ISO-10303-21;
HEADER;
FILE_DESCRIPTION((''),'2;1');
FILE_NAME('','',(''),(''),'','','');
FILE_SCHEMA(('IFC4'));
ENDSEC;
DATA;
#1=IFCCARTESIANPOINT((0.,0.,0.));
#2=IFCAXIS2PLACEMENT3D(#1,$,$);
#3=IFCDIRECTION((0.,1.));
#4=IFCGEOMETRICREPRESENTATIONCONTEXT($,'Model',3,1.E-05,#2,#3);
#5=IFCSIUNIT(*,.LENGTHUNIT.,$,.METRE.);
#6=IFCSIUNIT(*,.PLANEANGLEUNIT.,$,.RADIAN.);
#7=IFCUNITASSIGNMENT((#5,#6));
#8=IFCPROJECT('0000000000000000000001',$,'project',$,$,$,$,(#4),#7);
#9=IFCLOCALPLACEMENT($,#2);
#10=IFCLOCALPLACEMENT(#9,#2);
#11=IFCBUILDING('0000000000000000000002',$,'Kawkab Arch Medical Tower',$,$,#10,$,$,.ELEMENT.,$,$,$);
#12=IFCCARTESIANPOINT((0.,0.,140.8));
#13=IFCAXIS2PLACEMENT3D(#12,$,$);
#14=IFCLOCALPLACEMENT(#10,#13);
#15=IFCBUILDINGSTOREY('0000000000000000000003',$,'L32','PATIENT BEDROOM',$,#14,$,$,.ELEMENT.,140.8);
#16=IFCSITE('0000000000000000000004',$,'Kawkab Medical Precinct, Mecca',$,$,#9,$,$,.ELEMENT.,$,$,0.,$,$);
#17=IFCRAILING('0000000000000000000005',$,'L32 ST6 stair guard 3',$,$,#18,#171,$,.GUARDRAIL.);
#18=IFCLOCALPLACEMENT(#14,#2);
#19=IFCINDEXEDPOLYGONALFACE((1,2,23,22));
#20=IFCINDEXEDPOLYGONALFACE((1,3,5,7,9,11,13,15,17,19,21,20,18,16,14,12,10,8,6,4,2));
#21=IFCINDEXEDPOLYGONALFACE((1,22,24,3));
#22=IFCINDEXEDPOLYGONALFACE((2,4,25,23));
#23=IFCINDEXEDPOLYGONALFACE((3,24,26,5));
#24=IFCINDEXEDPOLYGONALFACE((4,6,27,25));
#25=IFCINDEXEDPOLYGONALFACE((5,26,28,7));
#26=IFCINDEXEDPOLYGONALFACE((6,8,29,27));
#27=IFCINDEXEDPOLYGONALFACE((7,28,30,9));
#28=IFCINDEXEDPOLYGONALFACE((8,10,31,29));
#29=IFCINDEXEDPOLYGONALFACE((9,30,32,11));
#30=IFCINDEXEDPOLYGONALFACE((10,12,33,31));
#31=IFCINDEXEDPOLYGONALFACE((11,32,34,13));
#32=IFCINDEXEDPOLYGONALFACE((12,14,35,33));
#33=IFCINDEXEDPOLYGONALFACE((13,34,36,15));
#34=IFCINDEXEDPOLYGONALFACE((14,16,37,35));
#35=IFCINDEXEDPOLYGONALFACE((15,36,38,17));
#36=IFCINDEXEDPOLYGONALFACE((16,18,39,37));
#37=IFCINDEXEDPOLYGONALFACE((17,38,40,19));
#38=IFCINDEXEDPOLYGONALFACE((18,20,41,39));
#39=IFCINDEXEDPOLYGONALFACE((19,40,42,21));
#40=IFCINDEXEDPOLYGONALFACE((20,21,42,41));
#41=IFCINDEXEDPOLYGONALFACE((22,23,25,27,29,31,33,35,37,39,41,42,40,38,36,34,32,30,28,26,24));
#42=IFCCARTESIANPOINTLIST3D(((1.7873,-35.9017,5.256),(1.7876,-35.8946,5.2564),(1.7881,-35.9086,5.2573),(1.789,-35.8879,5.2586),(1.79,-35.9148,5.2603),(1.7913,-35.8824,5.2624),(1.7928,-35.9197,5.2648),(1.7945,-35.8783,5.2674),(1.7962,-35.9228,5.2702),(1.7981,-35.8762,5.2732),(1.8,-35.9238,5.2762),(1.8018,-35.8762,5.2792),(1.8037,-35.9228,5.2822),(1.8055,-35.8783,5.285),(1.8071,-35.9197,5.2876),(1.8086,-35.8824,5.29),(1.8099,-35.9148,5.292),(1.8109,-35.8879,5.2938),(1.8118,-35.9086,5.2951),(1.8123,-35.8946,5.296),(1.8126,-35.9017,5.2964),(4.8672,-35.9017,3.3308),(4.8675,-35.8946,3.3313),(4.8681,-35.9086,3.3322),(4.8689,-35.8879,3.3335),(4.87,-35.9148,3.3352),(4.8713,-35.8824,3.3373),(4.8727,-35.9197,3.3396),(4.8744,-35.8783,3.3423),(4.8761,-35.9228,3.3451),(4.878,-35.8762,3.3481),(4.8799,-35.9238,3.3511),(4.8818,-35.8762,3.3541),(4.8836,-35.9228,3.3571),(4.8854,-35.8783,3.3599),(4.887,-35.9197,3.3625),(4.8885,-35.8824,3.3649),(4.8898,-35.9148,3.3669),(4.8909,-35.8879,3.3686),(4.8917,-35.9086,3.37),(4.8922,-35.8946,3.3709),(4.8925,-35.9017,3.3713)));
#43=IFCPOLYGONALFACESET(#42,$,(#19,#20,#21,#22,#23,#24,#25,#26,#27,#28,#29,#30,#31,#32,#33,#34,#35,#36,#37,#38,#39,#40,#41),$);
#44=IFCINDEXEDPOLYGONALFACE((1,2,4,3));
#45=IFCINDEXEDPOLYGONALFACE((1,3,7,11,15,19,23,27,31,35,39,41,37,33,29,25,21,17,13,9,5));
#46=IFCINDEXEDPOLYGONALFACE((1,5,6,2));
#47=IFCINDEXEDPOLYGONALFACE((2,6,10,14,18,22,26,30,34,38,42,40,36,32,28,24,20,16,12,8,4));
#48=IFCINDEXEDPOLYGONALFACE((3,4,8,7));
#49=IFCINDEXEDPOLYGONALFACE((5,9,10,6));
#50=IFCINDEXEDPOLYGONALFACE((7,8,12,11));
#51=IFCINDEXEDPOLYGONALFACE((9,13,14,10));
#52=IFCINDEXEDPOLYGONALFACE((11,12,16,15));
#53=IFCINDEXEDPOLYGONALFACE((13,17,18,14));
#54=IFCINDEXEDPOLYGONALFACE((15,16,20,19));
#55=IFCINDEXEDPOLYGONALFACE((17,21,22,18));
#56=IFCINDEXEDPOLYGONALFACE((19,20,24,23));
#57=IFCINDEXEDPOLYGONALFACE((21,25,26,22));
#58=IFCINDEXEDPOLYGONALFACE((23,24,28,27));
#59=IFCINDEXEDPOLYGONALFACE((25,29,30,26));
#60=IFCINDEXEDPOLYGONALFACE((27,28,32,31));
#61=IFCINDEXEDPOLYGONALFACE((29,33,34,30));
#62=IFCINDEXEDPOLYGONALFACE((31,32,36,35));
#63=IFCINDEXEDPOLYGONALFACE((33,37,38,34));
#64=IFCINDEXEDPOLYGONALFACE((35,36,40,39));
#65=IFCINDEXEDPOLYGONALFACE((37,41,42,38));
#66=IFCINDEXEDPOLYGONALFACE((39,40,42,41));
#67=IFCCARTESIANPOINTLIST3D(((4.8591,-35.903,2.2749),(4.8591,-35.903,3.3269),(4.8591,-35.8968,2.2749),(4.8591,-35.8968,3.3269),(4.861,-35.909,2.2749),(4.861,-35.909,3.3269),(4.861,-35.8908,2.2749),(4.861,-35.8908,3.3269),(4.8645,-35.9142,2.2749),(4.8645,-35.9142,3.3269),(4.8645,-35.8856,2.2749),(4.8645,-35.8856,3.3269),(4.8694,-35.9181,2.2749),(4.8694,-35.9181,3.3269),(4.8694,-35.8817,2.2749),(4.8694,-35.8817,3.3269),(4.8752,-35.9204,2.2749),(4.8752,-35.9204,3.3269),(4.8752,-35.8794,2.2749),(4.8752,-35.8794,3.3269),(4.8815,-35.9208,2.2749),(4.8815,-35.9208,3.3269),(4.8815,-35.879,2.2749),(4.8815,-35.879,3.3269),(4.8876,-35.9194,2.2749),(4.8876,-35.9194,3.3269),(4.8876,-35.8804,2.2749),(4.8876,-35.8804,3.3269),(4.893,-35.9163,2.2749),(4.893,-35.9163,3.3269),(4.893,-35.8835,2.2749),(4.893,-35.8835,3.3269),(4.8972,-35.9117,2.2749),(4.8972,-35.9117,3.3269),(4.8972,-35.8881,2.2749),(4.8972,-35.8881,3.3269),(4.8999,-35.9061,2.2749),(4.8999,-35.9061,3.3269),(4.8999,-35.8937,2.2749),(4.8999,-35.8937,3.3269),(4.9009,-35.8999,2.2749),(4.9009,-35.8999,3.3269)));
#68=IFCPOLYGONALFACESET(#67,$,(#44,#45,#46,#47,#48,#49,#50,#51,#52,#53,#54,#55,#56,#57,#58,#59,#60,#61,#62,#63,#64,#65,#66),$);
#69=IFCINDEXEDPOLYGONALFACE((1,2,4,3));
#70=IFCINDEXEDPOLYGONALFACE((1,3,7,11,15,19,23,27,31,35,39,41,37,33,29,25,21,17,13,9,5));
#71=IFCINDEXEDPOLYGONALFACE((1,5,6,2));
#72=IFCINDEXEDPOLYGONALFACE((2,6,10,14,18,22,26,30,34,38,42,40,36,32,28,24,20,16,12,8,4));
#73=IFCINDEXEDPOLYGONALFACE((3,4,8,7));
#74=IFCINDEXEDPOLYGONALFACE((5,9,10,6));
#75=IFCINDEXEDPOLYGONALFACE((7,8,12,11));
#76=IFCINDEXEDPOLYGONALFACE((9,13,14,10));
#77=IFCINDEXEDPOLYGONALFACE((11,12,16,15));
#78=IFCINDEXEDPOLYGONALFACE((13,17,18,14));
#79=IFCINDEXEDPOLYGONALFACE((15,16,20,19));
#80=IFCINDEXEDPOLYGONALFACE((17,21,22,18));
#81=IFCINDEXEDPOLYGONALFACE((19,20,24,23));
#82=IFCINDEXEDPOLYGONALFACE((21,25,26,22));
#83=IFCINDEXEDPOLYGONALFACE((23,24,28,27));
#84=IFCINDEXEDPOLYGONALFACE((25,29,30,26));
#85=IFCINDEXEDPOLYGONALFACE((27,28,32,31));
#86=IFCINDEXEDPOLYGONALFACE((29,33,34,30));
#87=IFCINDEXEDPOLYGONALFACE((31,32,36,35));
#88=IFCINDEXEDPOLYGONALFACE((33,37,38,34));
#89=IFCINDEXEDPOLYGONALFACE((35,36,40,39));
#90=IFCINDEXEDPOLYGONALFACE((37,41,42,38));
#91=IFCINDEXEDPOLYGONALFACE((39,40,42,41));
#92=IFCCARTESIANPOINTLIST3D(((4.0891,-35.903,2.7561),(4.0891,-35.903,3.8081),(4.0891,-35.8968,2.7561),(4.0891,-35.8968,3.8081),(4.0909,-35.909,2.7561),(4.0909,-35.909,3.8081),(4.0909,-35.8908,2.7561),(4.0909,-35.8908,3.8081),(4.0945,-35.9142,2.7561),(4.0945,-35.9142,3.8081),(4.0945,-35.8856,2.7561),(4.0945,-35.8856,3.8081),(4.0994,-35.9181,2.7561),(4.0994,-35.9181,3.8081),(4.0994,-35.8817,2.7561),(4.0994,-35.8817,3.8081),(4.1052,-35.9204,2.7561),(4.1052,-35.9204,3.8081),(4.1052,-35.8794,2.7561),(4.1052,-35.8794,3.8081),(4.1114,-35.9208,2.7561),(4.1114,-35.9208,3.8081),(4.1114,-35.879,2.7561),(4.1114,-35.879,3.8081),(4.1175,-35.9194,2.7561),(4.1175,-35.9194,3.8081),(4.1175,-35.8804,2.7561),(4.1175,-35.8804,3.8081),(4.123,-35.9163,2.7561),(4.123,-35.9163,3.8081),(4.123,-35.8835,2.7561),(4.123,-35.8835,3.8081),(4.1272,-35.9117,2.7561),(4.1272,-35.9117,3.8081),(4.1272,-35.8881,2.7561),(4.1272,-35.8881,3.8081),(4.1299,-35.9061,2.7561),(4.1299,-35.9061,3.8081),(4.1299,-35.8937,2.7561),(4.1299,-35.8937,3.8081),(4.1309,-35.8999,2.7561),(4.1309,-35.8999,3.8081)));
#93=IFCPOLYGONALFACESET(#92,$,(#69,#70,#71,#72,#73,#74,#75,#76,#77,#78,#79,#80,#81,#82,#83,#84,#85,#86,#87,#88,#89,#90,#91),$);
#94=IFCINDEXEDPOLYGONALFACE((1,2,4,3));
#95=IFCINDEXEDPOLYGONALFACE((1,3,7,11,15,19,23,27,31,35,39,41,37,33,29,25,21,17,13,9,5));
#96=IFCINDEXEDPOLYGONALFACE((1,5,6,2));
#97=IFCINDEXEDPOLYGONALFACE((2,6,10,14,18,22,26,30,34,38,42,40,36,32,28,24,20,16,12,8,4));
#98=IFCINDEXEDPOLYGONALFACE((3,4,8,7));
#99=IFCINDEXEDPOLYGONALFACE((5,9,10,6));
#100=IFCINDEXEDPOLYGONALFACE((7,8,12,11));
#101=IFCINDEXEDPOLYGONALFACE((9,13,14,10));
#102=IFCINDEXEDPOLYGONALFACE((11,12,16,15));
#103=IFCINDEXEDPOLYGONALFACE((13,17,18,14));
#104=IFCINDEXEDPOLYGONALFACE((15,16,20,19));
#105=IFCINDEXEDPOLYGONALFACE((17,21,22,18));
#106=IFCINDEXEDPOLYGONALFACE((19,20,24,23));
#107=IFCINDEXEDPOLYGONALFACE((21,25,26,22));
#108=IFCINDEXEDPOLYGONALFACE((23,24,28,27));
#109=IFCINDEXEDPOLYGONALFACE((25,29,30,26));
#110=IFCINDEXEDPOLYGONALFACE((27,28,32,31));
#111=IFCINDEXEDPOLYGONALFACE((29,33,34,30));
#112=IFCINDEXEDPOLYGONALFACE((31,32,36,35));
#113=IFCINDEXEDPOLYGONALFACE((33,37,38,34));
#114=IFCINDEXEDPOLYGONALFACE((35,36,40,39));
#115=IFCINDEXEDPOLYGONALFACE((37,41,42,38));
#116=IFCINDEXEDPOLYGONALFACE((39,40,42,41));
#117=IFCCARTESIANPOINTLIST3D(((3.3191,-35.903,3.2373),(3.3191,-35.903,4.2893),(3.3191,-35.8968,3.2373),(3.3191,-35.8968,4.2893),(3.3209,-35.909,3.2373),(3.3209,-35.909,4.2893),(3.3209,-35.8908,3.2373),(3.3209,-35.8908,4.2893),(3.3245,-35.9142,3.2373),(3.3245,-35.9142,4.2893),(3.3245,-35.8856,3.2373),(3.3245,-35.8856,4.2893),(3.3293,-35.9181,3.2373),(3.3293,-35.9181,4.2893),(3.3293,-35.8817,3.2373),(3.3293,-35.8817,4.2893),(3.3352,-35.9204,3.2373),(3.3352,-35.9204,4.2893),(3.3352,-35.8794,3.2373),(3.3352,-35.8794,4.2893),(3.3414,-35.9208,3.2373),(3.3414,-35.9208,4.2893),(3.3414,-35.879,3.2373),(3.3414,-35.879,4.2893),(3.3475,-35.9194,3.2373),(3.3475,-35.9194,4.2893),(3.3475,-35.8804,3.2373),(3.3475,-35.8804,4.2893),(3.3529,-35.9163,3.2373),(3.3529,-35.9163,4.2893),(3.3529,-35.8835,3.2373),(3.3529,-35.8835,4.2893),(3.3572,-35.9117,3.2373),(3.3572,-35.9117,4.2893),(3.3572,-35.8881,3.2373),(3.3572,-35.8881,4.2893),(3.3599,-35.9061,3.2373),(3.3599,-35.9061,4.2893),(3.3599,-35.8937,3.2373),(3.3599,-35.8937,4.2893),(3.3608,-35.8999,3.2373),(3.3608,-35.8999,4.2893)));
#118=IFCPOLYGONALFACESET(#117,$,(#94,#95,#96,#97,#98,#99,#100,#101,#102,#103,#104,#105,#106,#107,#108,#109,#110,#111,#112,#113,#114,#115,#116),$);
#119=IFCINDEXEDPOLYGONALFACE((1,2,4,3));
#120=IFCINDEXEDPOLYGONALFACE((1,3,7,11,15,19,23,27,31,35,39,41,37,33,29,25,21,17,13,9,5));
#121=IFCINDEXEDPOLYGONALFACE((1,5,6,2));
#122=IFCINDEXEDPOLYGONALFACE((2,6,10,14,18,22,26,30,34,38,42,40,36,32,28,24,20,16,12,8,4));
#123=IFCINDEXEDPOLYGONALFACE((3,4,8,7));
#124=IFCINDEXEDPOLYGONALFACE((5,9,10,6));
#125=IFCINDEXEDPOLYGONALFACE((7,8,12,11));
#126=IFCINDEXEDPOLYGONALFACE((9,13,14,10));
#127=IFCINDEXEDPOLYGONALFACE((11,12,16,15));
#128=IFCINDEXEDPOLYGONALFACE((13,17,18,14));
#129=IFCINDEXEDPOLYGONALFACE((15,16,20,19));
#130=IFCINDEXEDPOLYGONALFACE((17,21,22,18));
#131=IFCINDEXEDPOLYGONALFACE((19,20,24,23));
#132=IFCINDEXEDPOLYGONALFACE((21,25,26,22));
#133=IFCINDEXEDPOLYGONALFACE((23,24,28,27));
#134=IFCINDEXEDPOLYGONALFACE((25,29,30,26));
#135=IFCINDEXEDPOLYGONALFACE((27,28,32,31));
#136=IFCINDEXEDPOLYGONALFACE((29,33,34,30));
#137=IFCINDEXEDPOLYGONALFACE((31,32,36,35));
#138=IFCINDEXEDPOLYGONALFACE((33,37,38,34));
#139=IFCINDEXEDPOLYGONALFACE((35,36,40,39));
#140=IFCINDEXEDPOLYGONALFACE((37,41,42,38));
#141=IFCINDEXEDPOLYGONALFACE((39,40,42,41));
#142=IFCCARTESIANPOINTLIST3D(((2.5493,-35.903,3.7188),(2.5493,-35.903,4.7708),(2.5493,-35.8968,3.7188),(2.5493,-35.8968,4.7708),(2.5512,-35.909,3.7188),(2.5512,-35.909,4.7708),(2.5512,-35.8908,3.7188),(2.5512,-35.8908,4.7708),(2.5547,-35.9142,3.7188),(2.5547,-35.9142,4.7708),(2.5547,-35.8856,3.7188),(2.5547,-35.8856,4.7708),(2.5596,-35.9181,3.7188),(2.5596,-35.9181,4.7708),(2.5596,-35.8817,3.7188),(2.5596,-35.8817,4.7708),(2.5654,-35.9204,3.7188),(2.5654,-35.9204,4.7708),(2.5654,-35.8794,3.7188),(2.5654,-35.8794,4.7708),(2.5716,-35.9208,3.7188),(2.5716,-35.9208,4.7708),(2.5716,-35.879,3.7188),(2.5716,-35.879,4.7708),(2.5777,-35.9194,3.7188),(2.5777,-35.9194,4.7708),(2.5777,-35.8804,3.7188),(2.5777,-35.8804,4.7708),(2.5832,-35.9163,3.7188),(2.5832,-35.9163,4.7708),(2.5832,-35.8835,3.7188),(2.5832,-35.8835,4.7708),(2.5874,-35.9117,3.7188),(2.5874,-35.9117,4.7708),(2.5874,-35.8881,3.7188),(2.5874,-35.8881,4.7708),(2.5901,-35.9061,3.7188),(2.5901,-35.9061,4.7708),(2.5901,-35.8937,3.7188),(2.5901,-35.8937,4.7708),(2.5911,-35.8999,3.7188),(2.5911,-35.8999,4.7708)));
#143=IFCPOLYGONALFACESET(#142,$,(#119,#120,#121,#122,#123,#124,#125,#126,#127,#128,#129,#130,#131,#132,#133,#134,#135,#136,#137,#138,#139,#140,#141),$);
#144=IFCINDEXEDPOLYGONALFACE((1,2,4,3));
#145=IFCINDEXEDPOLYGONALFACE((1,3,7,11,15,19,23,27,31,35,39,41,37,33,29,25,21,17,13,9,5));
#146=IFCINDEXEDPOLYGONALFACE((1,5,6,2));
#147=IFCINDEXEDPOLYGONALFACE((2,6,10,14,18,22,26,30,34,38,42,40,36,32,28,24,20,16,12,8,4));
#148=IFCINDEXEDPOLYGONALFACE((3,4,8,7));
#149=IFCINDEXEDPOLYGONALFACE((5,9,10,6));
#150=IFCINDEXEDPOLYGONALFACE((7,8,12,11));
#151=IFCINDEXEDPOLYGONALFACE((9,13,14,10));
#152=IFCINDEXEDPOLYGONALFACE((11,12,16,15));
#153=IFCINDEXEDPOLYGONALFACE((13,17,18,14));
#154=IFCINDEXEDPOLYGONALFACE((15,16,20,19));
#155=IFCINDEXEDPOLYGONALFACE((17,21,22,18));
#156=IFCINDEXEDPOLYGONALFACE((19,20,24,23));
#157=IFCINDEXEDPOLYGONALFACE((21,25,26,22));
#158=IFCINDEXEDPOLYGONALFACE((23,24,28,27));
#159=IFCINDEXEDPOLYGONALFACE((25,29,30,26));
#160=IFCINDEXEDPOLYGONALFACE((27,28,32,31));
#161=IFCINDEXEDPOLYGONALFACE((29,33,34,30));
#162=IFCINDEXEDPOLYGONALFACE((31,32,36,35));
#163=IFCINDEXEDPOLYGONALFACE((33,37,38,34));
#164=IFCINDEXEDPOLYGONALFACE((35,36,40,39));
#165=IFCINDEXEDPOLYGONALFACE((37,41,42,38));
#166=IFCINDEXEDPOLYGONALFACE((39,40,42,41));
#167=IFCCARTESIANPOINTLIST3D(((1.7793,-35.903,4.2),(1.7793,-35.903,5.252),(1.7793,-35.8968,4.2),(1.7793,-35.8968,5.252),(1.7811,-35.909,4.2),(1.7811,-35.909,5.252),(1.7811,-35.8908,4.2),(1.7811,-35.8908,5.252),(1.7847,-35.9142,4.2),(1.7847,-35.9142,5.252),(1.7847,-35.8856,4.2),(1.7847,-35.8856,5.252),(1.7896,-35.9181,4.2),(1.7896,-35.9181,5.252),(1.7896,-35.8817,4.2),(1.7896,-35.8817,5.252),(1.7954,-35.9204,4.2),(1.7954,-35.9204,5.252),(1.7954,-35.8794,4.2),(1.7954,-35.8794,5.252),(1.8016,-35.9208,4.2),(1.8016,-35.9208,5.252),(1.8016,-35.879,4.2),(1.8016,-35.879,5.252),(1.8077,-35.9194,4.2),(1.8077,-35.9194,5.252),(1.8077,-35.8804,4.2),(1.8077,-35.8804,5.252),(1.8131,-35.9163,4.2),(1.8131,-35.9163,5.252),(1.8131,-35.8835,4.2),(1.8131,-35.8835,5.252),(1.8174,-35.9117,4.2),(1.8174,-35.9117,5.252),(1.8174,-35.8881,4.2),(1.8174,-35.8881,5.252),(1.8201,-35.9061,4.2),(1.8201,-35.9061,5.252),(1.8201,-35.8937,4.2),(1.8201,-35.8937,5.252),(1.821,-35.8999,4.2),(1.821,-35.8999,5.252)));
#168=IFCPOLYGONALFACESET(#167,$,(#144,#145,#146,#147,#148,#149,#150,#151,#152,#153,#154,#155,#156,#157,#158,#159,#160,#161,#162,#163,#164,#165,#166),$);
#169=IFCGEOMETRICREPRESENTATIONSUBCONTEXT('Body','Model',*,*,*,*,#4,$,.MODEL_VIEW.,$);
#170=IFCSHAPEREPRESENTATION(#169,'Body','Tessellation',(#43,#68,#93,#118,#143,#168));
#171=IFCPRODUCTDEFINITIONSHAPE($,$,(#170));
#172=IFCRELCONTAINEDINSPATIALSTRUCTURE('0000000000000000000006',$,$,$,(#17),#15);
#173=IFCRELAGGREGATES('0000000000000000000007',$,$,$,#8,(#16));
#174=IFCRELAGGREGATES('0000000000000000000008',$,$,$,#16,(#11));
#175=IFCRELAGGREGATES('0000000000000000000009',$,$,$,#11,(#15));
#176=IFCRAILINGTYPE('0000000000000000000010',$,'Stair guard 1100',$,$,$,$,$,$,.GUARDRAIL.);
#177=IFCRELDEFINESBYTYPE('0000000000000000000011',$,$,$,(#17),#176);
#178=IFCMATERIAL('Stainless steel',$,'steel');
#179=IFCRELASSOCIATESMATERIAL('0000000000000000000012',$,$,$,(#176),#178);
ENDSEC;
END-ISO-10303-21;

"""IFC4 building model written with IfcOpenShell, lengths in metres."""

from ifc_helpers import new_model, si_unit, direction, frame, origin, origin_2d, place, context, subcontext, project, spatial, circle, extrude, material, type_object, element, save


model = new_model("IFC4")

# Units and contexts
model_context = context("Model", 3, precision=1e-05, world=origin(), true_north=direction((0.0, 1.0)))
body_context = subcontext(model_context, "Body", "Model", "MODEL_VIEW")
ifc_project = project(units=[si_unit("LENGTHUNIT", "METRE"), si_unit("PLANEANGLEUNIT", "RADIAN")], contexts=[model_context])

# Site, building, storey
site_placement = place(None, origin())
site = spatial("IfcSite", under=ifc_project, at=site_placement, Name="Kawkab Medical Precinct, Mecca", CompositionType="ELEMENT", RefElevation=0.0)
building_placement = place(site_placement, origin())
building = spatial("IfcBuilding", under=site, at=building_placement, Name="Kawkab Arch Medical Tower", CompositionType="ELEMENT")
storey_placement = place(building_placement, frame((0.0, 0.0, 140.8)))
storey = spatial("IfcBuildingStorey", under=building, at=storey_placement, Name="L32", Description="PATIENT BEDROOM", CompositionType="ELEMENT", Elevation=140.8)

# Railing
ifc_material_1 = material(Name="Stainless steel", Category="steel")
railing_type = type_object("IfcRailingType", Name="Stair guard 1100", PredefinedType="GUARDRAIL", material=ifc_material_1)
railing_1_placement = place(storey_placement, frame((4.8799, -35.8999, 2.2749)))
element("IfcRailing", 1, at=railing_1_placement, inside=storey, type_object=railing_type, Name="L32 ST6 stair guard 3", PredefinedType="GUARDRAIL", context=body_context, shape_type="SweptSolid", body=[
    extrude(circle(Radius=0.0239, at=origin_2d()), frame((0.0, 0.0, 1.0762), z_axis=(-0.847979, 0.0, 0.530029), x_axis=(0.0, -1.0, 0.0)), (0.0, 0.0, 1.0), 3.6321),
    extrude(circle(Radius=0.021, at=origin_2d()), origin(), (0.0, 0.0, 1.0), 1.052),
    extrude(circle(Radius=0.021, at=origin_2d()), frame((-0.77, 0.0, 0.4812)), (0.0, 0.0, 1.0), 1.052),
    extrude(circle(Radius=0.021, at=origin_2d()), frame((-1.54, 0.0, 0.9624)), (0.0, 0.0, 1.0), 1.052),
    extrude(circle(Radius=0.021, at=origin_2d()), frame((-2.3098, 0.0, 1.4438)), (0.0, 0.0, 1.0), 1.052),
    extrude(circle(Radius=0.021, at=origin_2d()), frame((-3.0798, 0.0, 1.925)), (0.0, 0.0, 1.0), 1.052),
])

save(model, "model.ifc")
